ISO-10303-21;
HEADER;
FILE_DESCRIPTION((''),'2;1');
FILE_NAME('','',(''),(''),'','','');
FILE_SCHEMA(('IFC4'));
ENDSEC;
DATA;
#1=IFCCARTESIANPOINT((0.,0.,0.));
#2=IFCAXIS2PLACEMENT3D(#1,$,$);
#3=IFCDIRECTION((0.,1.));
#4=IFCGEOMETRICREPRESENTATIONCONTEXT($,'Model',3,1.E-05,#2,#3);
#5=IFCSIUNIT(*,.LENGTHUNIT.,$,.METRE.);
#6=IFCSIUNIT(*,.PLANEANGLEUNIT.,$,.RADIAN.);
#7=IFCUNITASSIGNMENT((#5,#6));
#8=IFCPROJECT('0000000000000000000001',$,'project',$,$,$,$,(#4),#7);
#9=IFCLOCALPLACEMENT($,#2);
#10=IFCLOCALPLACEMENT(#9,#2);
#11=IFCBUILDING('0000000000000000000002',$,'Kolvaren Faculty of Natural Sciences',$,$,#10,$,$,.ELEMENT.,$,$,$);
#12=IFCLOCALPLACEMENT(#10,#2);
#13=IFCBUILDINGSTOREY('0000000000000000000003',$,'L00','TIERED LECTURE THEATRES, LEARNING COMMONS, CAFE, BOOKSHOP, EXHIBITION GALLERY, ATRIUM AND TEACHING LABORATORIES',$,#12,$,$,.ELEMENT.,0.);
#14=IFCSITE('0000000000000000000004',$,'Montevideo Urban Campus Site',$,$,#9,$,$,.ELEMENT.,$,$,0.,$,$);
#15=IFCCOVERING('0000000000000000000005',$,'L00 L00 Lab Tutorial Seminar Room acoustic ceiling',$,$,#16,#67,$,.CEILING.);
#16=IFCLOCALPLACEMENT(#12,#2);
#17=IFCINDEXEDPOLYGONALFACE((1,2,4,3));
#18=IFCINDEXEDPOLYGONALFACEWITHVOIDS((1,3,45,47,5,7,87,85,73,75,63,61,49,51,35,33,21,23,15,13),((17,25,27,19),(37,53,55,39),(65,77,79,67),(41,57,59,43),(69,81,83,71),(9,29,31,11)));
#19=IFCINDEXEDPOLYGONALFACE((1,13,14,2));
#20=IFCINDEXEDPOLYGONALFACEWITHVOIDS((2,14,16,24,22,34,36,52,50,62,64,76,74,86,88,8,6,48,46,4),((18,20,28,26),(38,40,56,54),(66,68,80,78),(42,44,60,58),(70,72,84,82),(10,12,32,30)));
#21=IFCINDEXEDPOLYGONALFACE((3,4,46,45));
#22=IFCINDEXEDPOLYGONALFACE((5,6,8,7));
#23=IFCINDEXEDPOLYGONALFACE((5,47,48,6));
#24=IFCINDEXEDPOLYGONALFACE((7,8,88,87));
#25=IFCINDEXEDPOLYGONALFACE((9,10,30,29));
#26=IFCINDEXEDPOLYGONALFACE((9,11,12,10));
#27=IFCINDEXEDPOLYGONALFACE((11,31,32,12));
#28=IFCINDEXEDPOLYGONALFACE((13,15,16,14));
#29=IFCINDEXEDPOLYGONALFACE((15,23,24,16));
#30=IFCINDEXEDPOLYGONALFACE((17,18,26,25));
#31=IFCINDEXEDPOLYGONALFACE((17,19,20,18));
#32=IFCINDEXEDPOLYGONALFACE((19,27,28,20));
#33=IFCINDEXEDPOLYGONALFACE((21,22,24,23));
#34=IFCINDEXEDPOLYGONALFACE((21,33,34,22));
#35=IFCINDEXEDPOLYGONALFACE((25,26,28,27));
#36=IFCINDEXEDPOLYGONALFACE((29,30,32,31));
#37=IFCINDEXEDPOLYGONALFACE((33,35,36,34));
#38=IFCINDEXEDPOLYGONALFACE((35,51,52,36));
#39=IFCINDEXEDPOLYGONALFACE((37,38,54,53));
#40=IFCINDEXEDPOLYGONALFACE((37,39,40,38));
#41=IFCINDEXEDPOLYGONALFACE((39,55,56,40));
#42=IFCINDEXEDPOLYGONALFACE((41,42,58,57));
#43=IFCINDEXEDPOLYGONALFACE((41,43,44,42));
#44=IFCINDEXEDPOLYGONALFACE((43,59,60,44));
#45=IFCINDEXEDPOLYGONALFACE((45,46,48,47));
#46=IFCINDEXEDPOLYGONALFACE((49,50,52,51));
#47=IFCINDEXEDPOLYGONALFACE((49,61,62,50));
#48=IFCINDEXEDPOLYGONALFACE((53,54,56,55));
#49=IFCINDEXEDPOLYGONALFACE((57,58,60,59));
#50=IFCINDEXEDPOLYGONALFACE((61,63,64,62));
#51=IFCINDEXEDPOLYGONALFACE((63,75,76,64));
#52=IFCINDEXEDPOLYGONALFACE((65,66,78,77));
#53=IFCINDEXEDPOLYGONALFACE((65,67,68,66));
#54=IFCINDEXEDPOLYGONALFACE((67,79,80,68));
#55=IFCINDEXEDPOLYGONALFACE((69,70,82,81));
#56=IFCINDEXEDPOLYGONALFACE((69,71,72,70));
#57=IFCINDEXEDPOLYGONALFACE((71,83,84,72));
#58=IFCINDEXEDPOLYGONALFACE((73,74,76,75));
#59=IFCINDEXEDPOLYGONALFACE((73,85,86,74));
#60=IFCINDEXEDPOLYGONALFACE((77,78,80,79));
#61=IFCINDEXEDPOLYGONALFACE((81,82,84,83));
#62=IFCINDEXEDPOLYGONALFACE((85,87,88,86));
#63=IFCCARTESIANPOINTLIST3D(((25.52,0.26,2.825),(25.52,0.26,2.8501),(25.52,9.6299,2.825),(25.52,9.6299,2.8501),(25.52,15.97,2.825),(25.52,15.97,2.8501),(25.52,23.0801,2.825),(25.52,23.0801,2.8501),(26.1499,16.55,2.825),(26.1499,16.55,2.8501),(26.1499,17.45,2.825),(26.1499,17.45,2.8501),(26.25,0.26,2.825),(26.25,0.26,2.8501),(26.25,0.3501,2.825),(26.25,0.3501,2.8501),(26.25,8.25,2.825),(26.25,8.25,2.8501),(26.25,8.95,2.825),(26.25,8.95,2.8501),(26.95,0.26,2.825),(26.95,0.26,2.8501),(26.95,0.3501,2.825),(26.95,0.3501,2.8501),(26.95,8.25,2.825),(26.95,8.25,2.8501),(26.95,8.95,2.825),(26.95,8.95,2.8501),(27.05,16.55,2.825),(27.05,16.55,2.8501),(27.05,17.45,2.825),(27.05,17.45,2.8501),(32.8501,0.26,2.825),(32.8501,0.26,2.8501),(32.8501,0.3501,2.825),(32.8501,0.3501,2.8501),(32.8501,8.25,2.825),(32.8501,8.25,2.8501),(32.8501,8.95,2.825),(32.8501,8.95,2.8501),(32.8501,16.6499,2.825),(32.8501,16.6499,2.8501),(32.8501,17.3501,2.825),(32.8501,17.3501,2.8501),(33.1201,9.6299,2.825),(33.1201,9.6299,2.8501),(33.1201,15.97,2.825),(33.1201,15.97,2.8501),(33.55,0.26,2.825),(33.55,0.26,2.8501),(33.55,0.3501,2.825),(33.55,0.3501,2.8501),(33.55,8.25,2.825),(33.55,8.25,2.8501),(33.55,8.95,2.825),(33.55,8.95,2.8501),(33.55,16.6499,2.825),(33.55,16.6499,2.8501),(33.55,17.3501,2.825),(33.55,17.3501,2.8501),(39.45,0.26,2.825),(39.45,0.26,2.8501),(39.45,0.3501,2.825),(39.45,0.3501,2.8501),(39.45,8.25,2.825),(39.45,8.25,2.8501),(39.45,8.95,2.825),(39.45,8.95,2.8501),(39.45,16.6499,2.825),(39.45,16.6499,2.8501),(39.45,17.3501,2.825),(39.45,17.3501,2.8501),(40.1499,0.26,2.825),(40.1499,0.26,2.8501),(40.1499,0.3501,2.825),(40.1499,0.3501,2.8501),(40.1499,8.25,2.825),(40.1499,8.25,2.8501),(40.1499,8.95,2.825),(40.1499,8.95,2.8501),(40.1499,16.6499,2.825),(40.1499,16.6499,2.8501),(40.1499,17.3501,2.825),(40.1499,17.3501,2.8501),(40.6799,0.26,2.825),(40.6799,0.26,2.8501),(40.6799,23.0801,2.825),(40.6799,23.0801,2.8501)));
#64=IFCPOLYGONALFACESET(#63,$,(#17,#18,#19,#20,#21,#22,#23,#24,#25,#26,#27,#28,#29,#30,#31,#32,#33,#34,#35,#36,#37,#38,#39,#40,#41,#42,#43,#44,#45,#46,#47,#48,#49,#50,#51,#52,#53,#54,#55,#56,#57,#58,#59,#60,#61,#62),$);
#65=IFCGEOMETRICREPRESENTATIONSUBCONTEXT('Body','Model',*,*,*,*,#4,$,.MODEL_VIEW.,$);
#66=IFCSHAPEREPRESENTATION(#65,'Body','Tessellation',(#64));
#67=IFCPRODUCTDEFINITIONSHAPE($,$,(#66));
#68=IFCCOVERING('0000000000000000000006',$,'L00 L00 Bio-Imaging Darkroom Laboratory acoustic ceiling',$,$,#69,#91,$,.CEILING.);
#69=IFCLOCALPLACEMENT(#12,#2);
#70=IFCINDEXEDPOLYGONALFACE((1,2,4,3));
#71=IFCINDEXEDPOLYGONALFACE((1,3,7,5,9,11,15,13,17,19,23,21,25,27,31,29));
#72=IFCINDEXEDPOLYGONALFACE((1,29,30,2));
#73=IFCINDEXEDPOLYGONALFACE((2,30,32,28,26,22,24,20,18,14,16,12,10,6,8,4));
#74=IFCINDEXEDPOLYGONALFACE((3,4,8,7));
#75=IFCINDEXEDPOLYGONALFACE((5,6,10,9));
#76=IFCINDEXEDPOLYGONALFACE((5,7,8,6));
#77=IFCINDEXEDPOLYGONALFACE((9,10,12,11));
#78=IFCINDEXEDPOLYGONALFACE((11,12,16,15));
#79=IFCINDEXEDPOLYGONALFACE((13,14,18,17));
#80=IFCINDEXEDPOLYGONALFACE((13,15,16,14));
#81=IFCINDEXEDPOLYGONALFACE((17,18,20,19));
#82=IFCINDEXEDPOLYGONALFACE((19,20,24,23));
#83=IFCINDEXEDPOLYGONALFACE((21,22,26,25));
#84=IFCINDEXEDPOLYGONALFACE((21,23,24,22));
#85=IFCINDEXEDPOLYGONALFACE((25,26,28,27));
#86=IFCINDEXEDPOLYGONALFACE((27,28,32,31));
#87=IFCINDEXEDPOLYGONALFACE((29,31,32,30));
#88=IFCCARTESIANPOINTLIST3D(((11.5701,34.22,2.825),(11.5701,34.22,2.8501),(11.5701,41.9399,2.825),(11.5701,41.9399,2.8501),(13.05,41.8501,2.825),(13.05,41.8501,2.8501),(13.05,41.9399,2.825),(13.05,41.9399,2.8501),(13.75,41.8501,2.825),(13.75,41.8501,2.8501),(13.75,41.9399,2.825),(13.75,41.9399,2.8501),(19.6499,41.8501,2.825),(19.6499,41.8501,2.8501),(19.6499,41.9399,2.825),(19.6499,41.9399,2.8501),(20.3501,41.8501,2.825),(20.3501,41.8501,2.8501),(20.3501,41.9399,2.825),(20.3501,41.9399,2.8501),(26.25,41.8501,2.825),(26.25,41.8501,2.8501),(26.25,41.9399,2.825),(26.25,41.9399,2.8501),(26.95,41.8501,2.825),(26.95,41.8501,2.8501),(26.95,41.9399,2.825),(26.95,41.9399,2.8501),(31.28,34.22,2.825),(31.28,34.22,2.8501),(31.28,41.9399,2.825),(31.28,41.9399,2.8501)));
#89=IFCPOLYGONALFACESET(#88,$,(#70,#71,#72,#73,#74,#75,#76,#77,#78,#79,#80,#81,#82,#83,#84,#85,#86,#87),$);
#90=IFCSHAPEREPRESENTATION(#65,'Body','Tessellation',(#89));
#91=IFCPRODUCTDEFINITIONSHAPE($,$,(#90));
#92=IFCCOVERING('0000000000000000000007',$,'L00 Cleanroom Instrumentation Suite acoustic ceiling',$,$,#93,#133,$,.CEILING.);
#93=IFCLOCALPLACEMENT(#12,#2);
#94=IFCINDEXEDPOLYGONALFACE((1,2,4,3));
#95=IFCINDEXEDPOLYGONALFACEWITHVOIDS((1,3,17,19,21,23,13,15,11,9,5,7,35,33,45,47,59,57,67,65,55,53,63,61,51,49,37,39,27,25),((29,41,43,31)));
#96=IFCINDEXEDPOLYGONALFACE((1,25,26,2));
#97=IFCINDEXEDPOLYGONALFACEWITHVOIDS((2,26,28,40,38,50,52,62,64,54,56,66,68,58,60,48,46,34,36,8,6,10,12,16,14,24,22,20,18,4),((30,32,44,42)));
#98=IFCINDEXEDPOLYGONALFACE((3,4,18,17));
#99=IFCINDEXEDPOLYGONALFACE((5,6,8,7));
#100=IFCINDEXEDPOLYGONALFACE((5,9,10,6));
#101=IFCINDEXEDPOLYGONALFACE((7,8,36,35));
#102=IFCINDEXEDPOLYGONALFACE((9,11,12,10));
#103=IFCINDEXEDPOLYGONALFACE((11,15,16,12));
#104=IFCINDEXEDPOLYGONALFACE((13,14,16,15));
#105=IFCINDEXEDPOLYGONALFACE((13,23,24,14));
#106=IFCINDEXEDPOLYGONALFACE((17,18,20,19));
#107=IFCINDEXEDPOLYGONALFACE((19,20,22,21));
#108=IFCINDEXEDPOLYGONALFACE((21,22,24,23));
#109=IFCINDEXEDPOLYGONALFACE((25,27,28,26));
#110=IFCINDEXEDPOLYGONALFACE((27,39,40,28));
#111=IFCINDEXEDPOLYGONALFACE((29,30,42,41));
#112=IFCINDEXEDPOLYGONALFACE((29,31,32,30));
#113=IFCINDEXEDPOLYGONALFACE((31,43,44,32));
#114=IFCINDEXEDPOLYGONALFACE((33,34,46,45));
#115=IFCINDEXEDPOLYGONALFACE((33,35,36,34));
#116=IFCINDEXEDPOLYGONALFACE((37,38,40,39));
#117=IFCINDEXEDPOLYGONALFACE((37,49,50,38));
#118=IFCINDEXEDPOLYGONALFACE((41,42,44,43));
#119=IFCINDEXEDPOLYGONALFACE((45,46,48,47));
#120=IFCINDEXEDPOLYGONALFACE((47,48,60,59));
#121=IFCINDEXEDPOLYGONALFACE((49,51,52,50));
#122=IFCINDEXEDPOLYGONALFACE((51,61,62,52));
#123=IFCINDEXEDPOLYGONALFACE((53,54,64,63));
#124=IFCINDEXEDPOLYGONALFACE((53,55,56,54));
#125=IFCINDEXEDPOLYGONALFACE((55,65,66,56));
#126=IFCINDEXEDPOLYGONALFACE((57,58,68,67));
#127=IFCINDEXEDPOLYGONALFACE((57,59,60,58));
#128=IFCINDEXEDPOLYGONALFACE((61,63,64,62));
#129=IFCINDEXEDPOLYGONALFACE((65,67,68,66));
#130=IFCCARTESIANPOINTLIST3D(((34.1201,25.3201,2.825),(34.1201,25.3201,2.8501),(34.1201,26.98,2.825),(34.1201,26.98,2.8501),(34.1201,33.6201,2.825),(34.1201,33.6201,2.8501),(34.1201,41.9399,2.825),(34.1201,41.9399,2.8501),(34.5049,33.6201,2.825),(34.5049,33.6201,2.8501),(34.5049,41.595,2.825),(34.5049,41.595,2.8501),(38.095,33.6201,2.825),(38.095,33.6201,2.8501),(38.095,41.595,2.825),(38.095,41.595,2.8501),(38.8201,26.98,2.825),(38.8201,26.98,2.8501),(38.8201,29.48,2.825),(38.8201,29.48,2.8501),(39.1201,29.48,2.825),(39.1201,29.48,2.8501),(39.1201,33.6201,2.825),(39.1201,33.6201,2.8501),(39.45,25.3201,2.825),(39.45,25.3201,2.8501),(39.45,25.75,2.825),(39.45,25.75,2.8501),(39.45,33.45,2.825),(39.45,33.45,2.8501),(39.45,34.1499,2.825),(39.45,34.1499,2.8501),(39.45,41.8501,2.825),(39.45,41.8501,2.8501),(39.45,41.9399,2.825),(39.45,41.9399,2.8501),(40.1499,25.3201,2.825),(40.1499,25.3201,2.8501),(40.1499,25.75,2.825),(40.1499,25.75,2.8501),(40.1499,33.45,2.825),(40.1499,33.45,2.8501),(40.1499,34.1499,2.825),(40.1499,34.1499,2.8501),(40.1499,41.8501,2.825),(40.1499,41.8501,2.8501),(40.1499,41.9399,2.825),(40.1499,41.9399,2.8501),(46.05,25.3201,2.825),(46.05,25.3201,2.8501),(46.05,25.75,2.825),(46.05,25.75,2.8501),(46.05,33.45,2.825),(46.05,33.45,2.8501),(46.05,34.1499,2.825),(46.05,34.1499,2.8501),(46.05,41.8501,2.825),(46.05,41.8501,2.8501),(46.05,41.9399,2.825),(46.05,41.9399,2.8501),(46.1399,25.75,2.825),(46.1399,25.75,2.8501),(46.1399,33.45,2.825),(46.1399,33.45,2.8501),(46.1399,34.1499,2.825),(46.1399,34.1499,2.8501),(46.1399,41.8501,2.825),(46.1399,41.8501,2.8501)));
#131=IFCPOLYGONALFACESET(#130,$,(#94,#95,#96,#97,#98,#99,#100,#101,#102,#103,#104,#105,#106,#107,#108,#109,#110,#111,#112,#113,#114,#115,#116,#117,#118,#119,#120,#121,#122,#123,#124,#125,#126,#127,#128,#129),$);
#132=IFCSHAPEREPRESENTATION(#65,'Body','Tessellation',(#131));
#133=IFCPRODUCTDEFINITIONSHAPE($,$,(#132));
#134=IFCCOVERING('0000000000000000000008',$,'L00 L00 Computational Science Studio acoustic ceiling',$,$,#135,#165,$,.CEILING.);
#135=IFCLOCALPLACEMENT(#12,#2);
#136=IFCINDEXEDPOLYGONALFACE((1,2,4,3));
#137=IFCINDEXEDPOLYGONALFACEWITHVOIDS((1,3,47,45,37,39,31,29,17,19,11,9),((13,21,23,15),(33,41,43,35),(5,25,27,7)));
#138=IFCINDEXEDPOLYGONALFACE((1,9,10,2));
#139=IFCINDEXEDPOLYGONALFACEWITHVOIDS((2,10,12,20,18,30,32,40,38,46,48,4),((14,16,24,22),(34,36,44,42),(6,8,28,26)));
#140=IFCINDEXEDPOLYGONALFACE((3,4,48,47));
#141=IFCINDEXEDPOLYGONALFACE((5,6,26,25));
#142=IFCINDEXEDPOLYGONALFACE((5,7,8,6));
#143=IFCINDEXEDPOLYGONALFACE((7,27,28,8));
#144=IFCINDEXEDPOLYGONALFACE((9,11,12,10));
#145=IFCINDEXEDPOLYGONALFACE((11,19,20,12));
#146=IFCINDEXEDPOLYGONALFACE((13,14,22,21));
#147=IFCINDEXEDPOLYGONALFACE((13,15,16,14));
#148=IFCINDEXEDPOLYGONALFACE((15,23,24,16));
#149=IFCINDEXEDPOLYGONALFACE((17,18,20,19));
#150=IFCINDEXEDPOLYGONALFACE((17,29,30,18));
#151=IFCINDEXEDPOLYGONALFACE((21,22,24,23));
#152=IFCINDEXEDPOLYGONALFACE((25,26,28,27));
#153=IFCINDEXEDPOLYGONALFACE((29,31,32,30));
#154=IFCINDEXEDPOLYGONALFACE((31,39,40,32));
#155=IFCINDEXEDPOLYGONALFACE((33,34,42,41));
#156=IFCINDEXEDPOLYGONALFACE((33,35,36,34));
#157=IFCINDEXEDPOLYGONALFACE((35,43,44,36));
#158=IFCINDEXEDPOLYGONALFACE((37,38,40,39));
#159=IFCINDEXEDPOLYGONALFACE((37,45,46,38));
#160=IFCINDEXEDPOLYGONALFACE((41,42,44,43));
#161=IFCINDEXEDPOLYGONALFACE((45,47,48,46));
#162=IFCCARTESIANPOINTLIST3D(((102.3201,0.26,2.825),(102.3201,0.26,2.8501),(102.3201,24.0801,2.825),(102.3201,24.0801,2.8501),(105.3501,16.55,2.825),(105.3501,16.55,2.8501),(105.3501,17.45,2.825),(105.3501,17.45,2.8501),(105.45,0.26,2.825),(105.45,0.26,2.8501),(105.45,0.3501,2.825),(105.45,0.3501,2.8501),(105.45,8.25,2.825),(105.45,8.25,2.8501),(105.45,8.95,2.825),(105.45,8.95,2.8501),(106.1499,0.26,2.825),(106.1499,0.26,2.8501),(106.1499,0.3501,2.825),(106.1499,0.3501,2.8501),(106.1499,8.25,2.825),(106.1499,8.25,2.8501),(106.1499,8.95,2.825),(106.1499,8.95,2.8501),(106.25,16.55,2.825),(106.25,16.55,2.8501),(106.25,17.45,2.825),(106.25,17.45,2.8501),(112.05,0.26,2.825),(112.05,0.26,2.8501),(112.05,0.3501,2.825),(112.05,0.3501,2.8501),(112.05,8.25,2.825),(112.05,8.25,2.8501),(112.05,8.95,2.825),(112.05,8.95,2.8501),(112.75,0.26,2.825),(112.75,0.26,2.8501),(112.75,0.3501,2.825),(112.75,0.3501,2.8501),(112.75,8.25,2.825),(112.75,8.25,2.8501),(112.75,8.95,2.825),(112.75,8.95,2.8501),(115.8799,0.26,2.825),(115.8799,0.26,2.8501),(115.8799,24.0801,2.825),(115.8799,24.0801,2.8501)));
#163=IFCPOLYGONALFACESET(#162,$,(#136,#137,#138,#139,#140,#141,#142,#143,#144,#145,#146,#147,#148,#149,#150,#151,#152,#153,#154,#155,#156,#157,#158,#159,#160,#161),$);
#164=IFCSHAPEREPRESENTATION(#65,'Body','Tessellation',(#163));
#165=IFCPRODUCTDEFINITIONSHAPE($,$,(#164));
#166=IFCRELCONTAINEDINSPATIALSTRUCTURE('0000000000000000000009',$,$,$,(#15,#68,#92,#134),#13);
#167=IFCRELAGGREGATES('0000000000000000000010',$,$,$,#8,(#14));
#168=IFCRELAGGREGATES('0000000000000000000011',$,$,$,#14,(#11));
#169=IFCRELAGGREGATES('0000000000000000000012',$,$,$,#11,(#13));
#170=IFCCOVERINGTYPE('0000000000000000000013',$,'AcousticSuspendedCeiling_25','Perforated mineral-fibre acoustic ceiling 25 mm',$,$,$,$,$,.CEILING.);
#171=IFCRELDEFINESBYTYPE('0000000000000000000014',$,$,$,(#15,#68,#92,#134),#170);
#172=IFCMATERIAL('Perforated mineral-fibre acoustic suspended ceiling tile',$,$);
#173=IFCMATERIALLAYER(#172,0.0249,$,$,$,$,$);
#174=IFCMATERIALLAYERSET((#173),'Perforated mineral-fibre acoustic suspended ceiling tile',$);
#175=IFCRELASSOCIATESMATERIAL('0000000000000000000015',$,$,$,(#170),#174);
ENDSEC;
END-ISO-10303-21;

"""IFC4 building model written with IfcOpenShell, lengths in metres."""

from ifc_helpers import new_model, si_unit, direction, frame, origin, place, context, subcontext, project, spatial, polyline, outline, extrude, material, layer, layer_set, type_object, element, save


model = new_model("IFC4")

# Units and contexts
model_context = context("Model", 3, precision=1e-05, world=origin(), true_north=direction((0.0, 1.0)))
body_context = subcontext(model_context, "Body", "Model", "MODEL_VIEW")
ifc_project = project(units=[si_unit("LENGTHUNIT", "METRE"), si_unit("PLANEANGLEUNIT", "RADIAN")], contexts=[model_context])

# Site, building, storey
site_placement = place(None, origin())
site = spatial("IfcSite", under=ifc_project, at=site_placement, Name="Montevideo Urban Campus Site", CompositionType="ELEMENT", RefElevation=0.0)
building_placement = place(site_placement, origin())
building = spatial("IfcBuilding", under=site, at=building_placement, Name="Kolvaren Faculty of Natural Sciences", CompositionType="ELEMENT")
storey_placement = place(building_placement, origin())
storey = spatial("IfcBuildingStorey", under=building, at=storey_placement, Name="L00", Description="TIERED LECTURE THEATRES, LEARNING COMMONS, CAFE, BOOKSHOP, EXHIBITION GALLERY, ATRIUM AND TEACHING LABORATORIES", CompositionType="ELEMENT", Elevation=0.0)

# Coverings
ifc_material_1 = material(Name="Perforated mineral-fibre acoustic suspended ceiling tile")
ifc_layer_1 = layer(ifc_material_1, 0.0249)
ifc_layer_set_1 = layer_set([ifc_layer_1], Name="Perforated mineral-fibre acoustic suspended ceiling tile")
covering_type_1 = type_object("IfcCoveringType", Name="AcousticSuspendedCeiling_25", Description="Perforated mineral-fibre acoustic ceiling 25 mm", PredefinedType="CEILING", material=ifc_layer_set_1)
covering_1_placement = place(storey_placement, frame((0.0, 0.0, 2.825)))
element("IfcCovering", 1, at=covering_1_placement, inside=storey, type_object=covering_type_1, Name="L00 L00 Lab Tutorial Seminar Room acoustic ceiling", PredefinedType="CEILING", context=body_context, shape_type="SweptSolid", body=[
    extrude(outline(polyline([(40.1499, 0.26), (40.1499, 0.3501), (39.45, 0.3501), (39.45, 0.26), (33.55, 0.26), (33.55, 0.3501), (32.8501, 0.3501), (32.8501, 0.26), (26.95, 0.26), (26.95, 0.3501), (26.25, 0.3501), (26.25, 0.26), (25.52, 0.26), (25.52, 9.6299), (33.1201, 9.6299), (33.1201, 15.97), (25.52, 15.97), (25.52, 23.0801), (40.6799, 23.0801), (40.6799, 0.26), (40.1499, 0.26)]), holes=[polyline([(26.95, 8.95), (26.25, 8.95), (26.25, 8.25), (26.95, 8.25), (26.95, 8.95)]), polyline([(40.1499, 8.95), (39.45, 8.95), (39.45, 8.25), (40.1499, 8.25), (40.1499, 8.95)]), polyline([(33.55, 8.95), (32.8501, 8.95), (32.8501, 8.25), (33.55, 8.25), (33.55, 8.95)]), polyline([(40.1499, 17.3501), (39.45, 17.3501), (39.45, 16.6499), (40.1499, 16.6499), (40.1499, 17.3501)]), polyline([(27.05, 17.45), (26.1499, 17.45), (26.1499, 16.55), (27.05, 16.55), (27.05, 17.45)]), polyline([(33.55, 17.3501), (32.8501, 17.3501), (32.8501, 16.6499), (33.55, 16.6499), (33.55, 17.3501)])]), origin(), (0.0, 0.0, 1.0), 0.0251),
])
covering_2_placement = place(storey_placement, frame((0.0, 0.0, 2.825)))
element("IfcCovering", 2, at=covering_2_placement, inside=storey, type_object=covering_type_1, Name="L00 L00 Bio-Imaging Darkroom Laboratory acoustic ceiling", PredefinedType="CEILING", context=body_context, shape_type="SweptSolid", body=[
    extrude(outline(polyline([(31.28, 34.22), (11.5701, 34.22), (11.5701, 41.9399), (13.05, 41.9399), (13.05, 41.8501), (13.75, 41.8501), (13.75, 41.9399), (19.6499, 41.9399), (19.6499, 41.8501), (20.3501, 41.8501), (20.3501, 41.9399), (26.25, 41.9399), (26.25, 41.8501), (26.95, 41.8501), (26.95, 41.9399), (31.28, 41.9399), (31.28, 34.22)])), origin(), (0.0, 0.0, 1.0), 0.0251),
])
covering_3_placement = place(storey_placement, frame((0.0, 0.0, 2.825)))
element("IfcCovering", 3, at=covering_3_placement, inside=storey, type_object=covering_type_1, Name="L00 Cleanroom Instrumentation Suite acoustic ceiling", PredefinedType="CEILING", context=body_context, shape_type="SweptSolid", body=[
    extrude(outline(polyline([(39.1201, 29.48), (39.1201, 33.6201), (38.095, 33.6201), (38.095, 41.595), (34.5049, 41.595), (34.5049, 33.6201), (34.1201, 33.6201), (34.1201, 41.9399), (39.45, 41.9399), (39.45, 41.8501), (40.1499, 41.8501), (40.1499, 41.9399), (46.05, 41.9399), (46.05, 41.8501), (46.1399, 41.8501), (46.1399, 34.1499), (46.05, 34.1499), (46.05, 33.45), (46.1399, 33.45), (46.1399, 25.75), (46.05, 25.75), (46.05, 25.3201), (40.1499, 25.3201), (40.1499, 25.75), (39.45, 25.75), (39.45, 25.3201), (34.1201, 25.3201), (34.1201, 26.98), (38.8201, 26.98), (38.8201, 29.48), (39.1201, 29.48)]), holes=[polyline([(40.1499, 34.1499), (39.45, 34.1499), (39.45, 33.45), (40.1499, 33.45), (40.1499, 34.1499)])]), origin(), (0.0, 0.0, 1.0), 0.0251),
])
covering_4_placement = place(storey_placement, frame((0.0, 0.0, 2.825)))
element("IfcCovering", 4, at=covering_4_placement, inside=storey, type_object=covering_type_1, Name="L00 L00 Computational Science Studio acoustic ceiling", PredefinedType="CEILING", context=body_context, shape_type="SweptSolid", body=[
    extrude(outline(polyline([(112.75, 0.26), (112.75, 0.3501), (112.05, 0.3501), (112.05, 0.26), (106.1499, 0.26), (106.1499, 0.3501), (105.45, 0.3501), (105.45, 0.26), (102.3201, 0.26), (102.3201, 24.0801), (115.8799, 24.0801), (115.8799, 0.26), (112.75, 0.26)]), holes=[polyline([(106.1499, 8.95), (105.45, 8.95), (105.45, 8.25), (106.1499, 8.25), (106.1499, 8.95)]), polyline([(106.25, 17.45), (105.3501, 17.45), (105.3501, 16.55), (106.25, 16.55), (106.25, 17.45)]), polyline([(112.05, 8.95), (112.05, 8.25), (112.75, 8.25), (112.75, 8.95), (112.05, 8.95)])]), origin(), (0.0, 0.0, 1.0), 0.0251),
])

save(model, "model.ifc")
